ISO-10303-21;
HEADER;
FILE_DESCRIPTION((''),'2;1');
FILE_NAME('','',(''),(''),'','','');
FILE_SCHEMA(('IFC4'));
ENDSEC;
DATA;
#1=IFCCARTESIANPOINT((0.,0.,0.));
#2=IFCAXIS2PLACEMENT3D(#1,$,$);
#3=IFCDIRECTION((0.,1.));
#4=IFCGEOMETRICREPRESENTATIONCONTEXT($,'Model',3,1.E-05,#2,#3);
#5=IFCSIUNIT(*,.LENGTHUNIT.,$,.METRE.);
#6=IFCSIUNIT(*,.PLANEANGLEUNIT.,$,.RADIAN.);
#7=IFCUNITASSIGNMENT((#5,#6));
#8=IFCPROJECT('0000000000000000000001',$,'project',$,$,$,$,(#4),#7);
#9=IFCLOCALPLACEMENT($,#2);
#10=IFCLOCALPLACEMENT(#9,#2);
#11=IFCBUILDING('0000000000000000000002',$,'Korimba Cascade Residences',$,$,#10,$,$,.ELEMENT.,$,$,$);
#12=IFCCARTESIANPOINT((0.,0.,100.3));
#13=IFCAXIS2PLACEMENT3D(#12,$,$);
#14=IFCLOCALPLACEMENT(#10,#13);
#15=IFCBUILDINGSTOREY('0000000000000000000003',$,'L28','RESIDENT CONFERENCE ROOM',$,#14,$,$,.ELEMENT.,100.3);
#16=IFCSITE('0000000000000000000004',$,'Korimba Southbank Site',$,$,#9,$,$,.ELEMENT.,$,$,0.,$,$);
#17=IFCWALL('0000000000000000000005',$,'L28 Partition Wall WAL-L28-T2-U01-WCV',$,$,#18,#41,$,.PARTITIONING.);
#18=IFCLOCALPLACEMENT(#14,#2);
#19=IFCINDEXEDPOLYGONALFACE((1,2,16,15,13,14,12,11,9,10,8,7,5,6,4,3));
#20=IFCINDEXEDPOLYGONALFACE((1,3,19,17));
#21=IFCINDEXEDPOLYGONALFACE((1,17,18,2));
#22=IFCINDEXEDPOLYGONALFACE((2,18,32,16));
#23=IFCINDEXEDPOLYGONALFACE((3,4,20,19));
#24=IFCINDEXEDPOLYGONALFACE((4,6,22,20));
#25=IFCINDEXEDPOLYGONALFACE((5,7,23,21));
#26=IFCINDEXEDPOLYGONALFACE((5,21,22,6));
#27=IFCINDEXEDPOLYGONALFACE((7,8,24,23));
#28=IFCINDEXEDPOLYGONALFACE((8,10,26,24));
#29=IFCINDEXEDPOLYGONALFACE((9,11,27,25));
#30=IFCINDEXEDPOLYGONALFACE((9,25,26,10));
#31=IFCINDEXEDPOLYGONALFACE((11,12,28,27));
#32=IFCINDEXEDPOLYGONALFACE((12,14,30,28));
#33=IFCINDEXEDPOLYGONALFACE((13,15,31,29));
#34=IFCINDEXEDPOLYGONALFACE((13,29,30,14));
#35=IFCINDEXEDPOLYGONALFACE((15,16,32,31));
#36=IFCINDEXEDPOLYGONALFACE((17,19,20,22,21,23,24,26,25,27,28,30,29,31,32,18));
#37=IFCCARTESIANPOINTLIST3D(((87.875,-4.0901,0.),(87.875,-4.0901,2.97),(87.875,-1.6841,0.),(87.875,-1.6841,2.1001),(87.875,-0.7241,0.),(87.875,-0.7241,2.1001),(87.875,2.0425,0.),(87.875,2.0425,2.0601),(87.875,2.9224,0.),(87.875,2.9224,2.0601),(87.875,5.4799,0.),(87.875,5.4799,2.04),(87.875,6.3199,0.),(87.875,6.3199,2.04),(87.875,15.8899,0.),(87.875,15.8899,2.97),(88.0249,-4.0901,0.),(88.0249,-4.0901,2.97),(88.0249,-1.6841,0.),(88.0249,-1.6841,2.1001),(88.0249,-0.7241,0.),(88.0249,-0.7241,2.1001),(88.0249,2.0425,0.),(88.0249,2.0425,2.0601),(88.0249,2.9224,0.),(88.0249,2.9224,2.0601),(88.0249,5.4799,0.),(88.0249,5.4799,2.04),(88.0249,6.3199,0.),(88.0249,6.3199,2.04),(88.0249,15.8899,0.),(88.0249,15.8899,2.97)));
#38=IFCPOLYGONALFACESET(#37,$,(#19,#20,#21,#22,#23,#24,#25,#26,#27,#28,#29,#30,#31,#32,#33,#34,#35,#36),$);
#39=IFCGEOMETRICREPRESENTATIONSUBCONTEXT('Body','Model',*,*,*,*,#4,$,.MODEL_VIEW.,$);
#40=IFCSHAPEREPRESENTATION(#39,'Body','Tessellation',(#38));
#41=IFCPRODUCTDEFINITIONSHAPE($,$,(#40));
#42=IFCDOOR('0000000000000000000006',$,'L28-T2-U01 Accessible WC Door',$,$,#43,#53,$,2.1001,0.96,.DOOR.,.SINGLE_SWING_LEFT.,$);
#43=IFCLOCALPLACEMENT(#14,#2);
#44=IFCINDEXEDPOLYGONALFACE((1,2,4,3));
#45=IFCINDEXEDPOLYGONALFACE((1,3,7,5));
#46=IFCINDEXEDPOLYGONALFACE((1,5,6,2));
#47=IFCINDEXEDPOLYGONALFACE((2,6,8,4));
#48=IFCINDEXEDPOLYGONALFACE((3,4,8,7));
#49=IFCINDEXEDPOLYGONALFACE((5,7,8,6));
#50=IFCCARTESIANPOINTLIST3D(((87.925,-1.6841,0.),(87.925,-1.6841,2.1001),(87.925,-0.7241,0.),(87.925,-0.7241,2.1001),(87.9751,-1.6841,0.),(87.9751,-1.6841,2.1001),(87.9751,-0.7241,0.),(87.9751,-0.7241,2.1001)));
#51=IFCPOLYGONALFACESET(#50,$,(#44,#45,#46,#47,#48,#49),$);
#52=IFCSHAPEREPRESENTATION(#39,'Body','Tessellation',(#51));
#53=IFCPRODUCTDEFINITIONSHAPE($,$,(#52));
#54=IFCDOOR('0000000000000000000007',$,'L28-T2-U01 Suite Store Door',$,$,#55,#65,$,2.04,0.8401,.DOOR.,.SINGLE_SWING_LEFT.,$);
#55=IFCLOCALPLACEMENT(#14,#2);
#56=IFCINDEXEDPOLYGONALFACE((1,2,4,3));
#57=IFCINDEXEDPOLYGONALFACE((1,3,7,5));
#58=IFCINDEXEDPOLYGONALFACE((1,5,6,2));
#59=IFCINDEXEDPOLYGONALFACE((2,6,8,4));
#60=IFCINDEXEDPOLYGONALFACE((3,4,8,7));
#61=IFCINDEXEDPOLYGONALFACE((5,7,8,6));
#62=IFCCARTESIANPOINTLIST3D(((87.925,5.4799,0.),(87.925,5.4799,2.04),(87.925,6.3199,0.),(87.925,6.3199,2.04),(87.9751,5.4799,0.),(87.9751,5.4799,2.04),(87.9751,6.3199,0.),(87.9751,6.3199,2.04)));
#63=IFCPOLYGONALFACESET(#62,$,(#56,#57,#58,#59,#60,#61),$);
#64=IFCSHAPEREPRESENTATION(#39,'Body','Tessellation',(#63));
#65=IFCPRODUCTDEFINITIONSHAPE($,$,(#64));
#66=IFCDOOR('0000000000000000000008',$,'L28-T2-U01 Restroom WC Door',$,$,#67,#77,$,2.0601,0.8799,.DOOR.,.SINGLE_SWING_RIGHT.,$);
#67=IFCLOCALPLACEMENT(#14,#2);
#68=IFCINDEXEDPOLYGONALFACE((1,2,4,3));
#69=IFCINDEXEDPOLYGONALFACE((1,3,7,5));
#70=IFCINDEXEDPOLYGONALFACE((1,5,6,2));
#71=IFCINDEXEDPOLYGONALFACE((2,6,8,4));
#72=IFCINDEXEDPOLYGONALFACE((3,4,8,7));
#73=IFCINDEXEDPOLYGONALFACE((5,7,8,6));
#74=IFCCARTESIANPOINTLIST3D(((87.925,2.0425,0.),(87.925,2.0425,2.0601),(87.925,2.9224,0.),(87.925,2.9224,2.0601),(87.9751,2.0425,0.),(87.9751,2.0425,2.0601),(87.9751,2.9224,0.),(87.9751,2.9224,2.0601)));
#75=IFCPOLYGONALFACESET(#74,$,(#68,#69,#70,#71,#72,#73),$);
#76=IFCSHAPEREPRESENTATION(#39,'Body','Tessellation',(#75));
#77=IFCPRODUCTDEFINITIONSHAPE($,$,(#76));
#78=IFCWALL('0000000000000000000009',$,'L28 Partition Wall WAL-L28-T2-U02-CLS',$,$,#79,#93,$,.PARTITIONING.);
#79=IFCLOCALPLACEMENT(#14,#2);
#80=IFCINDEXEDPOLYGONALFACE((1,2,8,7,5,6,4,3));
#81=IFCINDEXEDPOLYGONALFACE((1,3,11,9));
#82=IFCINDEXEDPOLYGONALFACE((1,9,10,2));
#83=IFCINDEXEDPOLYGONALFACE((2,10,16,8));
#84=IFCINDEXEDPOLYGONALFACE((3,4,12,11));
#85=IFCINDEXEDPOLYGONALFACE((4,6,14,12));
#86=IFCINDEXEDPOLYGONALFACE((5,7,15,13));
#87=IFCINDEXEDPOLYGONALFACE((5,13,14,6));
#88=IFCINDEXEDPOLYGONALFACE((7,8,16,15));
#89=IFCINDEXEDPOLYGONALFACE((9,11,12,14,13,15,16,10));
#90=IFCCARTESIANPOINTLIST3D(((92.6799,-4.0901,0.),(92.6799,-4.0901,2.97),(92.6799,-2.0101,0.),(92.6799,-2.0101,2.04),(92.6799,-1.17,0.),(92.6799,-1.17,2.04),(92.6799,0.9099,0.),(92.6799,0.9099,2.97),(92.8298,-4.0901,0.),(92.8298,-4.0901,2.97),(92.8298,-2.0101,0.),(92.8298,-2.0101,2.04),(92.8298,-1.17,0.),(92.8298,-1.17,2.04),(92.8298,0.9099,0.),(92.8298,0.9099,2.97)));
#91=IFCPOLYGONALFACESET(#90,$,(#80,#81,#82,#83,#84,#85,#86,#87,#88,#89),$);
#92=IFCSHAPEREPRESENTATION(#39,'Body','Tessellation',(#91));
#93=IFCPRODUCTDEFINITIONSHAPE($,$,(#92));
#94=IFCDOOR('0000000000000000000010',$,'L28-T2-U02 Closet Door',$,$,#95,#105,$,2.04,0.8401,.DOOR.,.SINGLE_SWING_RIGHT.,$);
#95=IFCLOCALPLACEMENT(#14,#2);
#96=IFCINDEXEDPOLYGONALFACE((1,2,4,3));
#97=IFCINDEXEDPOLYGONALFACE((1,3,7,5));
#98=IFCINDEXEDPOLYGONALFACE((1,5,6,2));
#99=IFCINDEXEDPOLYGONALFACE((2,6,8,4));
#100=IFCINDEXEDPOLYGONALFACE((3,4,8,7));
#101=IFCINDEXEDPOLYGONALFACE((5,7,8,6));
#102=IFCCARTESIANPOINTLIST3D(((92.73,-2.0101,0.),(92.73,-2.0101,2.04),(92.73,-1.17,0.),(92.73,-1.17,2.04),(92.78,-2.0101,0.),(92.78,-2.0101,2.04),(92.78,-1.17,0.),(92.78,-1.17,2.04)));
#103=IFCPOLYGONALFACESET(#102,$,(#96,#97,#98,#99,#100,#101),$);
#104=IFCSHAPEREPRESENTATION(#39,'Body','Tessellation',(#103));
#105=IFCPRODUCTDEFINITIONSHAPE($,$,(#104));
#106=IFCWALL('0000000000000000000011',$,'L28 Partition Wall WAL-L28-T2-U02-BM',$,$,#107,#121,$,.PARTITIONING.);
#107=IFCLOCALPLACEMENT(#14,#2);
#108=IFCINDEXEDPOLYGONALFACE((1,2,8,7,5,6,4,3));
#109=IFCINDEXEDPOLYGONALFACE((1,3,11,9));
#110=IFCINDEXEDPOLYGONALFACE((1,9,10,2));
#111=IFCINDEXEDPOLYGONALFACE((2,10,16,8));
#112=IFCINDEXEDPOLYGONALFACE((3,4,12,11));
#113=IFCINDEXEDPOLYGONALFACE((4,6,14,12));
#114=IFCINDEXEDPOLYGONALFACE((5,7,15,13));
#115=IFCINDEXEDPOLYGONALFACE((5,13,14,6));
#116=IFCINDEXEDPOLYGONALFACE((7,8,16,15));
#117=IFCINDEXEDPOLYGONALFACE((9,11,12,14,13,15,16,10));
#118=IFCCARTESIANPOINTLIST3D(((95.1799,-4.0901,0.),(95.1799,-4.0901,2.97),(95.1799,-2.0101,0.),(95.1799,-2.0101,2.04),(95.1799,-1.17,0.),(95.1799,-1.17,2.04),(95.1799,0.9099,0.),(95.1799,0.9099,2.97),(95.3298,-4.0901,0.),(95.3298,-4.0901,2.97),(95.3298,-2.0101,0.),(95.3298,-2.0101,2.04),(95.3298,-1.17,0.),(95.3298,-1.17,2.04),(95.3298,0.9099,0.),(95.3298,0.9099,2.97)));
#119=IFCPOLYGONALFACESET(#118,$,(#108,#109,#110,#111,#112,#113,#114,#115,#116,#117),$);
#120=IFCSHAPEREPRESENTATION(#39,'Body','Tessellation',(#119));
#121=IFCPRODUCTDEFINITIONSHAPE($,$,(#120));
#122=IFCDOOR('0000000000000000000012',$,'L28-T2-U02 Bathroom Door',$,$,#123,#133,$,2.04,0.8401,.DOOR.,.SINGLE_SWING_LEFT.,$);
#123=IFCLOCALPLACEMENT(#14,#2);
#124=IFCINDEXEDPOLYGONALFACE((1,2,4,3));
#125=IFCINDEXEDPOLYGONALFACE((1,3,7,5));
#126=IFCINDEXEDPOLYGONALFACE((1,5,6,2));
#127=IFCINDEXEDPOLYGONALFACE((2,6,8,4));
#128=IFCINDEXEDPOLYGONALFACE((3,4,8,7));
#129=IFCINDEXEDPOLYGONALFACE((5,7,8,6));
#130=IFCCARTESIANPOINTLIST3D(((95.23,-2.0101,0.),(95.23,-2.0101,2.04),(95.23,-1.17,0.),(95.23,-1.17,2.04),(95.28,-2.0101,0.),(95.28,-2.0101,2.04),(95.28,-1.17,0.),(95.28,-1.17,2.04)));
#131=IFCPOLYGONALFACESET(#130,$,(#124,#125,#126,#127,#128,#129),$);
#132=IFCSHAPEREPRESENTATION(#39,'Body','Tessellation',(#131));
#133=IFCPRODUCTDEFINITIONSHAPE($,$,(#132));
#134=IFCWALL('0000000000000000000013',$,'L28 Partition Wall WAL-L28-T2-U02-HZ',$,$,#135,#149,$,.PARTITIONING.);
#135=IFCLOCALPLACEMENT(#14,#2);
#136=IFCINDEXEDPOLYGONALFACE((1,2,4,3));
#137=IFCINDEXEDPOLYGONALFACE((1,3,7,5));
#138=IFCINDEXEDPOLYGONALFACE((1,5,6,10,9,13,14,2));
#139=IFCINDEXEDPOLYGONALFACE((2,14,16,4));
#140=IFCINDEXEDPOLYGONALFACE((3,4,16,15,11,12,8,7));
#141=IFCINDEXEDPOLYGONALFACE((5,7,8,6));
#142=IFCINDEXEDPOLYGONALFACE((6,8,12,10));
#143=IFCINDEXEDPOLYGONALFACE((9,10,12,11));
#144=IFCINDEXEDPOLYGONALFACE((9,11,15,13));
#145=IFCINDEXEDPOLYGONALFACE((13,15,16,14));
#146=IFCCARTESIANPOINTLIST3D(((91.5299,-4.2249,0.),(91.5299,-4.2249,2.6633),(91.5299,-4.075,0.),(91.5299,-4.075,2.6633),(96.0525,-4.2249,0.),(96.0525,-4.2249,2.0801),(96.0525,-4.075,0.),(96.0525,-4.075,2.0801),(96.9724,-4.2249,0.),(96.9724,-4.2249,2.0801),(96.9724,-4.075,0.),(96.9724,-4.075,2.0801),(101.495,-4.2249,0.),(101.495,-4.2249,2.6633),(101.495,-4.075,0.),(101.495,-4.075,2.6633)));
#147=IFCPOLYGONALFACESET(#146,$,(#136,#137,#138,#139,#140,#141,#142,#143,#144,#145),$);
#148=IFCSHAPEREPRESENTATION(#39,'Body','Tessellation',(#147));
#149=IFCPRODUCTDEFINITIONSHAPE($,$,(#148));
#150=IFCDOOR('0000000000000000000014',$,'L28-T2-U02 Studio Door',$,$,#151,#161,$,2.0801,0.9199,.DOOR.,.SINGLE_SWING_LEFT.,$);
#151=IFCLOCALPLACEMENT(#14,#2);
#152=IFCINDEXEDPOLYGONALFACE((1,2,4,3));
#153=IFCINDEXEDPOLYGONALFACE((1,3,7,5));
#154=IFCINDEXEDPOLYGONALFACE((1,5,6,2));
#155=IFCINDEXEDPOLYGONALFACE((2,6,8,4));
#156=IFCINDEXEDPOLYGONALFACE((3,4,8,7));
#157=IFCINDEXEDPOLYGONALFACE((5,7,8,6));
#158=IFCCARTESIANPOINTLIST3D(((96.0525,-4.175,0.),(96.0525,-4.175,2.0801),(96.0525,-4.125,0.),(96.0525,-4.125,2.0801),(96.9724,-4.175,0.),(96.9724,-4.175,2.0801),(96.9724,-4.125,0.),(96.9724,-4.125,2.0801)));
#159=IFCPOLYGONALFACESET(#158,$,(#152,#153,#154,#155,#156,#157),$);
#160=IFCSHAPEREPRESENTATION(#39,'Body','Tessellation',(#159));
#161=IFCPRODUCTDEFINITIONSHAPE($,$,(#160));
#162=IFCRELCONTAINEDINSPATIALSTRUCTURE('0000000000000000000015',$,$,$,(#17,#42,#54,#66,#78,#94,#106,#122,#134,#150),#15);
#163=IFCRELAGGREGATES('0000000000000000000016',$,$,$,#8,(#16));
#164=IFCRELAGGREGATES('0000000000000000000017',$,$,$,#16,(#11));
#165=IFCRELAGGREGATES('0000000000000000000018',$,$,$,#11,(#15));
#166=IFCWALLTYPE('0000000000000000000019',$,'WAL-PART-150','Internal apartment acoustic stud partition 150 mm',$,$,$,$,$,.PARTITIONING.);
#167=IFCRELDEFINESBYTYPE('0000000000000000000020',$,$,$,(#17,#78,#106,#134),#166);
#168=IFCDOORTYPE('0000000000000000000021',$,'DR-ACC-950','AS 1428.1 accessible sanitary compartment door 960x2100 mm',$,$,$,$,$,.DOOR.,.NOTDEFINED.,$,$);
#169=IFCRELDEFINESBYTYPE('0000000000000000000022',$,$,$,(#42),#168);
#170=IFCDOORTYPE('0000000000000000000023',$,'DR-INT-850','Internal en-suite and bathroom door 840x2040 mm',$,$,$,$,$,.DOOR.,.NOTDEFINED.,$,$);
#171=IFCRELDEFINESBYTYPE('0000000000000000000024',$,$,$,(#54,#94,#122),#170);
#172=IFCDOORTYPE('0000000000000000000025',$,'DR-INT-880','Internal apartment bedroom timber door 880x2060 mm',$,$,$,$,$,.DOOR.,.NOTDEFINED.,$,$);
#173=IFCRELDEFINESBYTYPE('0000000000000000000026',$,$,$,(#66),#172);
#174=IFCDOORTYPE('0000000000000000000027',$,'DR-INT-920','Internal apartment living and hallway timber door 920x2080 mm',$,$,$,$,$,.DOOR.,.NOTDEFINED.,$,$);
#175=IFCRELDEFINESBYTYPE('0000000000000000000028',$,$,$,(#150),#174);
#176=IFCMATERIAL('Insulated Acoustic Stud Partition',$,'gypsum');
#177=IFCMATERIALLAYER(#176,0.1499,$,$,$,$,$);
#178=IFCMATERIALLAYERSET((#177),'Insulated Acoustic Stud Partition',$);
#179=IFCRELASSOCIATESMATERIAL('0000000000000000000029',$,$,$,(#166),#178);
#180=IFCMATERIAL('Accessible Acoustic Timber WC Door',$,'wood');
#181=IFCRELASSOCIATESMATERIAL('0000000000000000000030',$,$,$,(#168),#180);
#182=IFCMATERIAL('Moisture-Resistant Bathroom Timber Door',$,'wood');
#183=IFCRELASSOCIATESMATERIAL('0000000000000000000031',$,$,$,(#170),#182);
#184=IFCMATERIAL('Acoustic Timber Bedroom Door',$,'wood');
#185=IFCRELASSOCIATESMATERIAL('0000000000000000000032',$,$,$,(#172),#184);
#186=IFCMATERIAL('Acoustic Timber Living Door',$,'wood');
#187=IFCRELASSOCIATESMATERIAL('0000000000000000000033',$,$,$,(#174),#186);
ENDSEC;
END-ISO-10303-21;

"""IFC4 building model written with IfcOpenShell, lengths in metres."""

from ifc_helpers import new_model, si_unit, direction, frame, frame_2d, origin, place, context, subcontext, project, spatial, rectangle, extrude, material, layer, layer_set, type_object, element, fill, save


model = new_model("IFC4")

# Units and contexts
model_context = context("Model", 3, precision=1e-05, world=origin(), true_north=direction((0.0, 1.0)))
body_context = subcontext(model_context, "Body", "Model", "MODEL_VIEW")
ifc_project = project(units=[si_unit("LENGTHUNIT", "METRE"), si_unit("PLANEANGLEUNIT", "RADIAN")], contexts=[model_context])

# Site, building, storey
site_placement = place(None, origin())
site = spatial("IfcSite", under=ifc_project, at=site_placement, Name="Korimba Southbank Site", CompositionType="ELEMENT", RefElevation=0.0)
building_placement = place(site_placement, origin())
building = spatial("IfcBuilding", under=site, at=building_placement, Name="Korimba Cascade Residences", CompositionType="ELEMENT")
storey_placement = place(building_placement, frame((0.0, 0.0, 100.3)))
storey = spatial("IfcBuildingStorey", under=building, at=storey_placement, Name="L28", Description="RESIDENT CONFERENCE ROOM", CompositionType="ELEMENT", Elevation=100.3)

# Wall, openings, doors
ifc_material_1 = material(Name="Insulated Acoustic Stud Partition", Category="gypsum")
ifc_layer_1 = layer(ifc_material_1, 0.1499)
ifc_layer_set_1 = layer_set([ifc_layer_1], Name="Insulated Acoustic Stud Partition")
wall_type_1 = type_object("IfcWallType", Name="WAL-PART-150", Description="Internal apartment acoustic stud partition 150 mm", PredefinedType="PARTITIONING", material=ifc_layer_set_1)
wall_1_placement = place(storey_placement, frame((87.95, -4.0901, 0.0), z_axis=(0.0, 0.0, 1.0), x_axis=(0.0, 1.0, 0.0)))
wall_1 = element("IfcWall", 1, at=wall_1_placement, inside=storey, type_object=wall_type_1, Name="L28 Partition Wall WAL-L28-T2-U01-WCV", PredefinedType="PARTITIONING", context=body_context, shape_type="SweptSolid", body=[
    extrude(rectangle(XDim=19.98, YDim=0.1499, at=frame_2d((9.99, 0.0))), origin(), (0.0, 0.0, 1.0), 2.97),
])
opening_1_placement = place(wall_1_placement, frame((2.406, 0.0, 0.0)))
opening_1 = element("IfcOpeningElement", 2, at=opening_1_placement, cuts=wall_1, PredefinedType="OPENING", context=body_context, shape_type="SweptSolid", body=[
    extrude(rectangle(XDim=0.96, YDim=2.1001, at=frame_2d((0.48, 1.05))), frame((0.0, 0.085, 0.0), z_axis=(0.0, -1.0, 0.0), x_axis=(1.0, 0.0, 0.0)), (0.0, 0.0, 1.0), 0.1699),
])
opening_2_placement = place(wall_1_placement, frame((6.1326, 0.0, 0.0)))
opening_2 = element("IfcOpeningElement", 3, at=opening_2_placement, cuts=wall_1, PredefinedType="OPENING", context=body_context, shape_type="SweptSolid", body=[
    extrude(rectangle(XDim=0.8799, YDim=2.0601, at=frame_2d((0.4399, 1.03))), frame((0.0, 0.085, 0.0), z_axis=(0.0, -1.0, 0.0), x_axis=(1.0, 0.0, 0.0)), (0.0, 0.0, 1.0), 0.1699),
])
opening_3_placement = place(wall_1_placement, frame((9.5701, 0.0, 0.0)))
opening_3 = element("IfcOpeningElement", 4, at=opening_3_placement, cuts=wall_1, PredefinedType="OPENING", context=body_context, shape_type="SweptSolid", body=[
    extrude(rectangle(XDim=0.8401, YDim=2.04, at=frame_2d((0.4199, 1.02))), frame((0.0, 0.085, 0.0), z_axis=(0.0, -1.0, 0.0), x_axis=(1.0, 0.0, 0.0)), (0.0, 0.0, 1.0), 0.1699),
])
ifc_material_2 = material(Name="Accessible Acoustic Timber WC Door", Category="wood")
door_type_1 = type_object("IfcDoorType", Name="DR-ACC-950", Description="AS 1428.1 accessible sanitary compartment door 960x2100 mm", OperationType="NOTDEFINED", PredefinedType="DOOR", material=ifc_material_2)
door_1_placement = place(opening_1_placement, origin())
door_1 = element("IfcDoor", 5, at=door_1_placement, inside=storey, type_object=door_type_1, Name="L28-T2-U01 Accessible WC Door", OperationType="SINGLE_SWING_LEFT", OverallHeight=2.1001, OverallWidth=0.96, PredefinedType="DOOR", context=body_context, shape_type="SweptSolid", body=[
    extrude(rectangle(XDim=0.96, YDim=2.1001, at=frame_2d((0.48, 1.05))), frame((0.0, 0.0249, 0.0), z_axis=(0.0, -1.0, 0.0), x_axis=(1.0, 0.0, 0.0)), (0.0, 0.0, 1.0), 0.05),
])
fill(opening_1, door_1)
ifc_material_3 = material(Name="Moisture-Resistant Bathroom Timber Door", Category="wood")
door_type_2 = type_object("IfcDoorType", Name="DR-INT-850", Description="Internal en-suite and bathroom door 840x2040 mm", OperationType="NOTDEFINED", PredefinedType="DOOR", material=ifc_material_3)
door_2_placement = place(opening_3_placement, origin())
door_2 = element("IfcDoor", 6, at=door_2_placement, inside=storey, type_object=door_type_2, Name="L28-T2-U01 Suite Store Door", OperationType="SINGLE_SWING_LEFT", OverallHeight=2.04, OverallWidth=0.8401, PredefinedType="DOOR", context=body_context, shape_type="SweptSolid", body=[
    extrude(rectangle(XDim=0.8401, YDim=2.04, at=frame_2d((0.4199, 1.02))), frame((0.0, 0.0249, 0.0), z_axis=(0.0, -1.0, 0.0), x_axis=(1.0, 0.0, 0.0)), (0.0, 0.0, 1.0), 0.05),
])
fill(opening_3, door_2)
ifc_material_4 = material(Name="Acoustic Timber Bedroom Door", Category="wood")
door_type_3 = type_object("IfcDoorType", Name="DR-INT-880", Description="Internal apartment bedroom timber door 880x2060 mm", OperationType="NOTDEFINED", PredefinedType="DOOR", material=ifc_material_4)
door_3_placement = place(opening_2_placement, origin())
door_3 = element("IfcDoor", 7, at=door_3_placement, inside=storey, type_object=door_type_3, Name="L28-T2-U01 Restroom WC Door", OperationType="SINGLE_SWING_RIGHT", OverallHeight=2.0601, OverallWidth=0.8799, PredefinedType="DOOR", context=body_context, shape_type="SweptSolid", body=[
    extrude(rectangle(XDim=0.8799, YDim=2.0601, at=frame_2d((0.4399, 1.03))), frame((0.0, 0.0249, 0.0), z_axis=(0.0, -1.0, 0.0), x_axis=(1.0, 0.0, 0.0)), (0.0, 0.0, 1.0), 0.05),
])
fill(opening_2, door_3)

# Walls, openings, doors
wall_2_placement = place(storey_placement, frame((92.7549, -4.0901, 0.0), z_axis=(0.0, 0.0, 1.0), x_axis=(0.0, 1.0, 0.0)))
wall_2 = element("IfcWall", 8, at=wall_2_placement, inside=storey, type_object=wall_type_1, Name="L28 Partition Wall WAL-L28-T2-U02-CLS", PredefinedType="PARTITIONING", context=body_context, shape_type="SweptSolid", body=[
    extrude(rectangle(XDim=5.0, YDim=0.1499, at=frame_2d((2.5, 0.0))), origin(), (0.0, 0.0, 1.0), 2.97),
])
opening_4_placement = place(wall_2_placement, frame((2.0801, 0.0, 0.0)))
opening_4 = element("IfcOpeningElement", 9, at=opening_4_placement, cuts=wall_2, PredefinedType="OPENING", context=body_context, shape_type="SweptSolid", body=[
    extrude(rectangle(XDim=0.8401, YDim=2.04, at=frame_2d((0.4199, 1.02))), frame((0.0, 0.085, 0.0), z_axis=(0.0, -1.0, 0.0), x_axis=(1.0, 0.0, 0.0)), (0.0, 0.0, 1.0), 0.1699),
])
door_4_placement = place(opening_4_placement, origin())
door_4 = element("IfcDoor", 10, at=door_4_placement, inside=storey, type_object=door_type_2, Name="L28-T2-U02 Closet Door", OperationType="SINGLE_SWING_RIGHT", OverallHeight=2.04, OverallWidth=0.8401, PredefinedType="DOOR", context=body_context, shape_type="SweptSolid", body=[
    extrude(rectangle(XDim=0.8401, YDim=2.04, at=frame_2d((0.4199, 1.02))), frame((0.0, 0.0249, 0.0), z_axis=(0.0, -1.0, 0.0), x_axis=(1.0, 0.0, 0.0)), (0.0, 0.0, 1.0), 0.05),
])
fill(opening_4, door_4)
wall_3_placement = place(storey_placement, frame((95.2549, -4.0901, 0.0), z_axis=(0.0, 0.0, 1.0), x_axis=(0.0, 1.0, 0.0)))
wall_3 = element("IfcWall", 11, at=wall_3_placement, inside=storey, type_object=wall_type_1, Name="L28 Partition Wall WAL-L28-T2-U02-BM", PredefinedType="PARTITIONING", context=body_context, shape_type="SweptSolid", body=[
    extrude(rectangle(XDim=5.0, YDim=0.1499, at=frame_2d((2.5, 0.0))), origin(), (0.0, 0.0, 1.0), 2.97),
])
opening_5_placement = place(wall_3_placement, frame((2.0801, 0.0, 0.0)))
opening_5 = element("IfcOpeningElement", 12, at=opening_5_placement, cuts=wall_3, PredefinedType="OPENING", context=body_context, shape_type="SweptSolid", body=[
    extrude(rectangle(XDim=0.8401, YDim=2.04, at=frame_2d((0.4199, 1.02))), frame((0.0, 0.085, 0.0), z_axis=(0.0, -1.0, 0.0), x_axis=(1.0, 0.0, 0.0)), (0.0, 0.0, 1.0), 0.1699),
])
door_5_placement = place(opening_5_placement, origin())
door_5 = element("IfcDoor", 13, at=door_5_placement, inside=storey, type_object=door_type_2, Name="L28-T2-U02 Bathroom Door", OperationType="SINGLE_SWING_LEFT", OverallHeight=2.04, OverallWidth=0.8401, PredefinedType="DOOR", context=body_context, shape_type="SweptSolid", body=[
    extrude(rectangle(XDim=0.8401, YDim=2.04, at=frame_2d((0.4199, 1.02))), frame((0.0, 0.0249, 0.0), z_axis=(0.0, -1.0, 0.0), x_axis=(1.0, 0.0, 0.0)), (0.0, 0.0, 1.0), 0.05),
])
fill(opening_5, door_5)
wall_4_placement = place(storey_placement, frame((91.53, -4.1499, 0.0), z_axis=(0.0, 0.0, 1.0), x_axis=(1.0, 0.0, 0.0)))
wall_4 = element("IfcWall", 14, at=wall_4_placement, inside=storey, type_object=wall_type_1, Name="L28 Partition Wall WAL-L28-T2-U02-HZ", PredefinedType="PARTITIONING", context=body_context, shape_type="SweptSolid", body=[
    extrude(rectangle(XDim=9.9651, YDim=0.1499, at=frame_2d((4.9824, 0.0))), origin(), (0.0, 0.0, 1.0), 2.6633),
])
opening_6_placement = place(wall_4_placement, frame((4.5225, 0.0, 0.0)))
opening_6 = element("IfcOpeningElement", 15, at=opening_6_placement, cuts=wall_4, PredefinedType="OPENING", context=body_context, shape_type="SweptSolid", body=[
    extrude(rectangle(XDim=0.9199, YDim=2.0801, at=frame_2d((0.46, 1.04))), frame((0.0, 0.085, 0.0), z_axis=(0.0, -1.0, 0.0), x_axis=(1.0, 0.0, 0.0)), (0.0, 0.0, 1.0), 0.1699),
])
ifc_material_5 = material(Name="Acoustic Timber Living Door", Category="wood")
door_type_4 = type_object("IfcDoorType", Name="DR-INT-920", Description="Internal apartment living and hallway timber door 920x2080 mm", OperationType="NOTDEFINED", PredefinedType="DOOR", material=ifc_material_5)
door_6_placement = place(opening_6_placement, origin())
door_6 = element("IfcDoor", 16, at=door_6_placement, inside=storey, type_object=door_type_4, Name="L28-T2-U02 Studio Door", OperationType="SINGLE_SWING_LEFT", OverallHeight=2.0801, OverallWidth=0.9199, PredefinedType="DOOR", context=body_context, shape_type="SweptSolid", body=[
    extrude(rectangle(XDim=0.9199, YDim=2.0801, at=frame_2d((0.46, 1.04))), frame((0.0, 0.0249, 0.0), z_axis=(0.0, -1.0, 0.0), x_axis=(1.0, 0.0, 0.0)), (0.0, 0.0, 1.0), 0.05),
])
fill(opening_6, door_6)

save(model, "model.ifc")
